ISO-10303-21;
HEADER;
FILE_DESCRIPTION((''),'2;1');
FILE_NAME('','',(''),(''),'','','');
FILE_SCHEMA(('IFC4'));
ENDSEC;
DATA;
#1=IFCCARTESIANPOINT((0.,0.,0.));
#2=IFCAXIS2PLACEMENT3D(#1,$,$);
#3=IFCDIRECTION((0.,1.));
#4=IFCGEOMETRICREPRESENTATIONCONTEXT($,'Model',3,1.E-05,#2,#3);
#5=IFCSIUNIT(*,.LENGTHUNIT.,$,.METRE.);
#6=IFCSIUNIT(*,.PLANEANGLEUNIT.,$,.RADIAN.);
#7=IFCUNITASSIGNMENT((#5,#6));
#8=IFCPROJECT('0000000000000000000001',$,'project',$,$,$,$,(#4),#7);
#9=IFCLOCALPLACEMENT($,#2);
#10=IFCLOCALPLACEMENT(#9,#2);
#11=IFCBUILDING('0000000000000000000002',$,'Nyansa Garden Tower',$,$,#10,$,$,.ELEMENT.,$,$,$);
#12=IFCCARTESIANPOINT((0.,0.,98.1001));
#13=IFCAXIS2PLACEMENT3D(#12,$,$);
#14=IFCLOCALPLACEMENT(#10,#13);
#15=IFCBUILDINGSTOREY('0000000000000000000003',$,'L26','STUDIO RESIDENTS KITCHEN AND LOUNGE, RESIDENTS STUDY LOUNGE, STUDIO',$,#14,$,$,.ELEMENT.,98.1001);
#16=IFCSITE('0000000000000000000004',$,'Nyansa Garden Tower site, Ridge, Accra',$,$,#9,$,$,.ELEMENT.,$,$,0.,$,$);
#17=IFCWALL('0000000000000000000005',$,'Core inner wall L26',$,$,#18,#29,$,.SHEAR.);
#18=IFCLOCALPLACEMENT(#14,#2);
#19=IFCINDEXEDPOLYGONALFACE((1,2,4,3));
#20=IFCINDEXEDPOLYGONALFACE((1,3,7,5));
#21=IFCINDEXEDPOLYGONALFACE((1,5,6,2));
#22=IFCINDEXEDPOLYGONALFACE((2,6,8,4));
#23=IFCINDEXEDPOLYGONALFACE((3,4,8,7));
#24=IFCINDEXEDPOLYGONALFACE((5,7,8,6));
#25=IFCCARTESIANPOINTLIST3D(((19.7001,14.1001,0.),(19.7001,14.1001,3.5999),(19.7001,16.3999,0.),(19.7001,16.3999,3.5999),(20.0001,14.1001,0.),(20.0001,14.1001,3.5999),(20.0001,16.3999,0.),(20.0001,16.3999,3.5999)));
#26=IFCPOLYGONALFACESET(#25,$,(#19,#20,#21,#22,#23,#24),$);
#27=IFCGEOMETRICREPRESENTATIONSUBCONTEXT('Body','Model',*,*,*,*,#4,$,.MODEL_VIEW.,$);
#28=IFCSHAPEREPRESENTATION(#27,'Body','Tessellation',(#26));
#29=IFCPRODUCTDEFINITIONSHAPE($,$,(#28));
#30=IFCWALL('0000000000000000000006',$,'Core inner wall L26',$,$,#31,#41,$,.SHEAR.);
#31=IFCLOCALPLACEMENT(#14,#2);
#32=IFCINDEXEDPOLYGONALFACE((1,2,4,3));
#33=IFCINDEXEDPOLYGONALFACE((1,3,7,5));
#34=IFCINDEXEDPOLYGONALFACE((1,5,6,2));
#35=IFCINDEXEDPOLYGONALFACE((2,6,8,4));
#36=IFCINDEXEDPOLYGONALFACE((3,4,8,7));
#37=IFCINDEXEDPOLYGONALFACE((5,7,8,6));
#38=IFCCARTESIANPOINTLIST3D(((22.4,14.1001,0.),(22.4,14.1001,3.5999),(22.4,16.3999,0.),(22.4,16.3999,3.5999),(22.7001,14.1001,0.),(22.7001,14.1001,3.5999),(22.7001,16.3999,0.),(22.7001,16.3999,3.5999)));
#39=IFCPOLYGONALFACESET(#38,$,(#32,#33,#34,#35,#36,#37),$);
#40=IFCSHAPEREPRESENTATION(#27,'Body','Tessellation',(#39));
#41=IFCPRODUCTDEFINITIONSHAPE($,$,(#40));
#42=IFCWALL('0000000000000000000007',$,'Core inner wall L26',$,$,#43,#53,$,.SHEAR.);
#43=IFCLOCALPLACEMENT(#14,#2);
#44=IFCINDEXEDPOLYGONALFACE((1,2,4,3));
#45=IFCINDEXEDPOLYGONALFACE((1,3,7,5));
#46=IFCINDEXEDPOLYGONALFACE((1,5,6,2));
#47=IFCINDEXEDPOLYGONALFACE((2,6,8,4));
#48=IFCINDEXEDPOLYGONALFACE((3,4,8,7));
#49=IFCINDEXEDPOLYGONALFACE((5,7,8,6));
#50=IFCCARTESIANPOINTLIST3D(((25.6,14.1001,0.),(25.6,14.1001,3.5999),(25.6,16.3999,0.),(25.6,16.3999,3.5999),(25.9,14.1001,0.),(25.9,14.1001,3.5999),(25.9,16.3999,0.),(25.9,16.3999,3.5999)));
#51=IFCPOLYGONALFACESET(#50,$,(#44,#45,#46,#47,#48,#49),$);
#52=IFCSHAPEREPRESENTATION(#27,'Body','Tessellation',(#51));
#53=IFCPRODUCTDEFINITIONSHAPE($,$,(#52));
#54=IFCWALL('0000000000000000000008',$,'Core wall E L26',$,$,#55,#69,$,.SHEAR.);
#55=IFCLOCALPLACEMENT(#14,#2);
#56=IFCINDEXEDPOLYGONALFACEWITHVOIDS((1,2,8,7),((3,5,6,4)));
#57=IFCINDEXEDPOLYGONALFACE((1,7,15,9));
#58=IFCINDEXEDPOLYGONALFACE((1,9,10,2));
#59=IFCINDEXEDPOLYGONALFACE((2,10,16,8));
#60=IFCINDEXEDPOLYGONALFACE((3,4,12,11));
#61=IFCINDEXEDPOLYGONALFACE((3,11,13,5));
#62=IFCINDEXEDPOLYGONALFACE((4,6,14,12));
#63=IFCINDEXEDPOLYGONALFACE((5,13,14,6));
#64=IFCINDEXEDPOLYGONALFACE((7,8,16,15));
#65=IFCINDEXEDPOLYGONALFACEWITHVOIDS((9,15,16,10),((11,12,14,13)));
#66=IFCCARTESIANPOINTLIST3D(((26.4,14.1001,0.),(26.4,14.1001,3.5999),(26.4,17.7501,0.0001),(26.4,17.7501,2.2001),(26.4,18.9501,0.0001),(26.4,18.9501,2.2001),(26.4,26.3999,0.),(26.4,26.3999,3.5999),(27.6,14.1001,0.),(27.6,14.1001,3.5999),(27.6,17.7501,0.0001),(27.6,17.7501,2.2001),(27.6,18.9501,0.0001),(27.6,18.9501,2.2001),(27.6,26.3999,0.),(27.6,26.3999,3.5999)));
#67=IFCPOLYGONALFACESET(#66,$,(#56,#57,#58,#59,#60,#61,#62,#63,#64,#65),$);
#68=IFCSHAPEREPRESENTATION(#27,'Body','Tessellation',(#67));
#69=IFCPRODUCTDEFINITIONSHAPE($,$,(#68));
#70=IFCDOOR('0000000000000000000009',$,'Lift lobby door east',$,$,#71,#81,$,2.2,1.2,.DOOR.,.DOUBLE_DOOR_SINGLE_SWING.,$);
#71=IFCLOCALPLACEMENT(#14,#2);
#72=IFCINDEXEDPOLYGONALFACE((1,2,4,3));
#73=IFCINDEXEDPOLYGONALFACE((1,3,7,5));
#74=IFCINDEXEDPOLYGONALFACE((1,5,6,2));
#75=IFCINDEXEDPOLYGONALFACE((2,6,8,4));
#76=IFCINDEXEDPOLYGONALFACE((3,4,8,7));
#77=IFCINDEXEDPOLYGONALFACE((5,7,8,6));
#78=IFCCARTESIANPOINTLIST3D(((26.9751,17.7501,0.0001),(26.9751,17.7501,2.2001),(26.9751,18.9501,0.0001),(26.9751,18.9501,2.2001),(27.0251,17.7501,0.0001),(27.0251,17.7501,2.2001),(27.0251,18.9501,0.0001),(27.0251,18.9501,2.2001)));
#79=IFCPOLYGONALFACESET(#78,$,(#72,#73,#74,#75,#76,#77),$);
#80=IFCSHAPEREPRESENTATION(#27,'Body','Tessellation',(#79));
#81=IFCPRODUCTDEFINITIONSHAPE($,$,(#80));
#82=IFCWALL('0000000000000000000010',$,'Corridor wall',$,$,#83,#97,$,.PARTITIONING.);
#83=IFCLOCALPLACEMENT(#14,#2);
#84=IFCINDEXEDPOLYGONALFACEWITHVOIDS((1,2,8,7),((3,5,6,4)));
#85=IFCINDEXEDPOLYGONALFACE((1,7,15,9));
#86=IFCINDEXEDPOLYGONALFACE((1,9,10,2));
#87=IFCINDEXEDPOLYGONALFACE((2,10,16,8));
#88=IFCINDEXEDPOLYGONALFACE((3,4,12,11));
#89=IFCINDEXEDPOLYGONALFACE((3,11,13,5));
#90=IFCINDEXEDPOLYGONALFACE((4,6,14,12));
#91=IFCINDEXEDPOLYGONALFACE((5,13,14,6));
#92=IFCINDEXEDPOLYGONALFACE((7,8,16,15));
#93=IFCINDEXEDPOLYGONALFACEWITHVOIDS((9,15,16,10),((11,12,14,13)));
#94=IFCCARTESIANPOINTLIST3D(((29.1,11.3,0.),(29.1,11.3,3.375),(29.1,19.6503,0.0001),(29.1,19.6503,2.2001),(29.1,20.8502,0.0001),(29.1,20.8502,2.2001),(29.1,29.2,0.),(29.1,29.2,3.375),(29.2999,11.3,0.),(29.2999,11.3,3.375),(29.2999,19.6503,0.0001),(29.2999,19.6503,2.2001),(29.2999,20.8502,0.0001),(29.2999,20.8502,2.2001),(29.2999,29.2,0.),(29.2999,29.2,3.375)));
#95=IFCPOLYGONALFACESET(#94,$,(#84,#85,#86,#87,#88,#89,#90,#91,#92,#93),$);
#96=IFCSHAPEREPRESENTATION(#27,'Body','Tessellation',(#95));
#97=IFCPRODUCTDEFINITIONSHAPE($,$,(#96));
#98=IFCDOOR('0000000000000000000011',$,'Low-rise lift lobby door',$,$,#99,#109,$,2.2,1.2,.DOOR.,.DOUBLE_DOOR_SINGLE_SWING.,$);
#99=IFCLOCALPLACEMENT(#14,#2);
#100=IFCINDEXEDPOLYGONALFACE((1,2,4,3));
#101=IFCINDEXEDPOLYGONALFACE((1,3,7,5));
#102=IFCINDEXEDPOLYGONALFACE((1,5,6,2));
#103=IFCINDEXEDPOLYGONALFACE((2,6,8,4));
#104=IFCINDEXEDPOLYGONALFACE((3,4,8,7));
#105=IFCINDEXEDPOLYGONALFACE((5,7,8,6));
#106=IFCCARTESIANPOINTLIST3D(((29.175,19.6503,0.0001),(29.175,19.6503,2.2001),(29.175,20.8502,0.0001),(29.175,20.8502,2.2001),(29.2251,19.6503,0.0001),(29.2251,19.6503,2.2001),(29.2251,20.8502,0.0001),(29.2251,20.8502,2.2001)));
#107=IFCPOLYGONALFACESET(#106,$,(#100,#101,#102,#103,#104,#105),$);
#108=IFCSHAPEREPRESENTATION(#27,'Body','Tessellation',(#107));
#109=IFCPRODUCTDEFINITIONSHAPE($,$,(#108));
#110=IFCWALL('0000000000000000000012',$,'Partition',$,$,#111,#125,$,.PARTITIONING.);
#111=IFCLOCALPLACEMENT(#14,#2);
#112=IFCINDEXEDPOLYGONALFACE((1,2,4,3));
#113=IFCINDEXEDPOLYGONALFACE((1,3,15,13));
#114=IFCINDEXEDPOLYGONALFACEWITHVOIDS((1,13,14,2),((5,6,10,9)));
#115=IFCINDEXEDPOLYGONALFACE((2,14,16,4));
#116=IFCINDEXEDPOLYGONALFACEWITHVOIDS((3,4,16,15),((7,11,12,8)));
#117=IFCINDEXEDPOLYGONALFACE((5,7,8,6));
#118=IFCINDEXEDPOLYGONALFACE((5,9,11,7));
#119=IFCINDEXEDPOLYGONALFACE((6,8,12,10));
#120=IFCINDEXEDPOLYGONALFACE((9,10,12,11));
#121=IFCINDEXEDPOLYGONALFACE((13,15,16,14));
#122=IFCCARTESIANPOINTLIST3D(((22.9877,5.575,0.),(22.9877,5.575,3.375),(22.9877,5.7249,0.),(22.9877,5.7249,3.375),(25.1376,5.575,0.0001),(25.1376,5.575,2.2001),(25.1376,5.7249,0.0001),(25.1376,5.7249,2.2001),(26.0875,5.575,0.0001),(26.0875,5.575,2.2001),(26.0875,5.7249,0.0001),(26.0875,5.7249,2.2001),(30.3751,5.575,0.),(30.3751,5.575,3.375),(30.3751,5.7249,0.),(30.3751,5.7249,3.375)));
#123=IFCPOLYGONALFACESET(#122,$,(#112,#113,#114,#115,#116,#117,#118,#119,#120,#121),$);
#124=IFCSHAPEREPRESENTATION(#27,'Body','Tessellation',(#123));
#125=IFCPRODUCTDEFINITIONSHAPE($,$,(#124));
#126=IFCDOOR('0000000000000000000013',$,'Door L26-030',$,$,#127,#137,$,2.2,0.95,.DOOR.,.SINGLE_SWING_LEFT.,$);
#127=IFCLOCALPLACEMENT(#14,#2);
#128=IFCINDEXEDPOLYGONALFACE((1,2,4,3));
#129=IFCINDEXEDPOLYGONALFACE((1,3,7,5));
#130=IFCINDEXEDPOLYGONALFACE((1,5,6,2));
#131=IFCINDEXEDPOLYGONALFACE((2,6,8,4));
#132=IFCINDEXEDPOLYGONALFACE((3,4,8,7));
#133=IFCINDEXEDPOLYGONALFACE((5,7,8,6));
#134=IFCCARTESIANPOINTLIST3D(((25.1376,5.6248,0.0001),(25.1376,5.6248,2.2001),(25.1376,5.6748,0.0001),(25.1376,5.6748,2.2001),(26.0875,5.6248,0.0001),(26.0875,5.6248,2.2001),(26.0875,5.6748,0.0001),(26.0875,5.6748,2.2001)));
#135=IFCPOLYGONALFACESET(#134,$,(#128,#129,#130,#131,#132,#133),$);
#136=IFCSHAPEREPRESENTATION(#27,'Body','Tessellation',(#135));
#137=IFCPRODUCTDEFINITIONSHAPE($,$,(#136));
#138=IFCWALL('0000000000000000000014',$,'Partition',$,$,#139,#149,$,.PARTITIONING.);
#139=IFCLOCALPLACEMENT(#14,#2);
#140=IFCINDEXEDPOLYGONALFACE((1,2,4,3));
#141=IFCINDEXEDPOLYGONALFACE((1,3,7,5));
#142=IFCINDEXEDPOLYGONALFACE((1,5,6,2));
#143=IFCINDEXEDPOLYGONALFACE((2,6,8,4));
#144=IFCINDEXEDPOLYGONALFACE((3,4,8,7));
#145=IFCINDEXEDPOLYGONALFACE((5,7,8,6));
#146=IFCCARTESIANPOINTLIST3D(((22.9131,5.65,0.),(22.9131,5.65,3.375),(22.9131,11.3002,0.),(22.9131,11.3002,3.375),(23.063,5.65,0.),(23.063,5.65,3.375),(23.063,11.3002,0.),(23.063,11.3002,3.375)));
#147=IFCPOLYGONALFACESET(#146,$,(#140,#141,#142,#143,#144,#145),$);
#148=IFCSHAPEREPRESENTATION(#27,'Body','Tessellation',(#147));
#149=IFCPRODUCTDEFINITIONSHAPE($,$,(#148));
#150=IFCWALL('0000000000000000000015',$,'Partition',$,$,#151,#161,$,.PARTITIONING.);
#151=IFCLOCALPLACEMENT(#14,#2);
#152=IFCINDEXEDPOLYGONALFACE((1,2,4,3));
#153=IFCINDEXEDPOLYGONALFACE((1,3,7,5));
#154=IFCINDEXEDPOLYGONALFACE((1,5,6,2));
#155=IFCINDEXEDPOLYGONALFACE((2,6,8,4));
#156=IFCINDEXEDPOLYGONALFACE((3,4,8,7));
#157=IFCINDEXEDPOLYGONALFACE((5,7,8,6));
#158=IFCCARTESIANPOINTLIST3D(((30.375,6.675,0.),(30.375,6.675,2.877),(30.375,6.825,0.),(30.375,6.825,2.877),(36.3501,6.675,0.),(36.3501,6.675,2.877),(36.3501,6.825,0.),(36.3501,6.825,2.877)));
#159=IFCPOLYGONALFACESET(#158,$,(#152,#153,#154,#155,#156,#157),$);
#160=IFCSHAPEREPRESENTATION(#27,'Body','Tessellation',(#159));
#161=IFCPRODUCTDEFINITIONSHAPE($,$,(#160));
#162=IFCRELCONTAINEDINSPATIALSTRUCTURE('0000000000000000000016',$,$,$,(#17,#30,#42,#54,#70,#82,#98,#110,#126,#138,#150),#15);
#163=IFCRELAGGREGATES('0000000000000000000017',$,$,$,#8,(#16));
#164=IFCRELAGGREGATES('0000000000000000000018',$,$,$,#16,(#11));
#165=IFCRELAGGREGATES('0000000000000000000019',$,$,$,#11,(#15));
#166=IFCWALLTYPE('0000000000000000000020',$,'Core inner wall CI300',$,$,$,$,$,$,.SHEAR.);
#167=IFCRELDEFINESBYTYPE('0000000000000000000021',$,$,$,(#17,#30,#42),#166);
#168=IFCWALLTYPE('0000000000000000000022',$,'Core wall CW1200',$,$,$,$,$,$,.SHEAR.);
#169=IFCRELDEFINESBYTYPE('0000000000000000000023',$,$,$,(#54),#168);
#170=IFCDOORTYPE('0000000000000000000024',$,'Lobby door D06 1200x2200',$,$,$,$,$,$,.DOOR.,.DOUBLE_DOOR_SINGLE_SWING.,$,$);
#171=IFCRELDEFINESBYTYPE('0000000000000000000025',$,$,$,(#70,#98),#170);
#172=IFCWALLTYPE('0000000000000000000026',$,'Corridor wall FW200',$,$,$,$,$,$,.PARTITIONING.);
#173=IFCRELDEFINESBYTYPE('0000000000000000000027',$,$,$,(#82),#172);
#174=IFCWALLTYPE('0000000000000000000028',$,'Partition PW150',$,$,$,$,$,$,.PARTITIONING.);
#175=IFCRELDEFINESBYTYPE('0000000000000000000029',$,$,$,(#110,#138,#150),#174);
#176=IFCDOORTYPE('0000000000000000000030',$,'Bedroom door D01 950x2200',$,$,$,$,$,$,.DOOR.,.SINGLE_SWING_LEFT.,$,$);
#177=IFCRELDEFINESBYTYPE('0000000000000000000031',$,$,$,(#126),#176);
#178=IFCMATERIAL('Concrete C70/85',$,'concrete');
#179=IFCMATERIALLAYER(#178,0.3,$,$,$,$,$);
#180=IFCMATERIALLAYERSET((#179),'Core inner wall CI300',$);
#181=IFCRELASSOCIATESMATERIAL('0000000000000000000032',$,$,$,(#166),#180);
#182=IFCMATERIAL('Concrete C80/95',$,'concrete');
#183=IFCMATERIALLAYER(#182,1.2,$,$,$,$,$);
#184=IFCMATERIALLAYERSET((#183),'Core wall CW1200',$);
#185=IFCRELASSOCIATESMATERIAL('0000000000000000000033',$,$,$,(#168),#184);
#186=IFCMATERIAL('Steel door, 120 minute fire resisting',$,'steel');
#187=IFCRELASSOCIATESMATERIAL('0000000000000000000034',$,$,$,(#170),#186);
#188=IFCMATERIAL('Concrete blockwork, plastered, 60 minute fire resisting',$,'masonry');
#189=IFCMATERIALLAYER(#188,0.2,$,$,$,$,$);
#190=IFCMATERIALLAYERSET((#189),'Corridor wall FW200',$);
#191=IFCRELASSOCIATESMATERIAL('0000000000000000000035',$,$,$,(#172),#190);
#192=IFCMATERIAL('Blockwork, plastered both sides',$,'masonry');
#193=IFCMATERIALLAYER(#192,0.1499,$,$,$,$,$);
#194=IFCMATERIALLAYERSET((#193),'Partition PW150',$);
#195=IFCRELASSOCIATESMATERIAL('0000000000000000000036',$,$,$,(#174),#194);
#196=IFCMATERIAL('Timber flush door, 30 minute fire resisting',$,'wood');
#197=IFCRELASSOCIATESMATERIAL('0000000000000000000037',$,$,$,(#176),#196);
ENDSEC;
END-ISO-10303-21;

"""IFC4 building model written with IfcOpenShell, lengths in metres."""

from ifc_helpers import new_model, si_unit, direction, frame, frame_2d, origin, place, context, subcontext, project, spatial, rectangle, extrude, material, layer, layer_set, type_object, element, fill, save


model = new_model("IFC4")

# Units and contexts
model_context = context("Model", 3, precision=1e-05, world=origin(), true_north=direction((0.0, 1.0)))
body_context = subcontext(model_context, "Body", "Model", "MODEL_VIEW")
ifc_project = project(units=[si_unit("LENGTHUNIT", "METRE"), si_unit("PLANEANGLEUNIT", "RADIAN")], contexts=[model_context])

# Site, building, storey
site_placement = place(None, origin())
site = spatial("IfcSite", under=ifc_project, at=site_placement, Name="Nyansa Garden Tower site, Ridge, Accra", CompositionType="ELEMENT", RefElevation=0.0)
building_placement = place(site_placement, origin())
building = spatial("IfcBuilding", under=site, at=building_placement, Name="Nyansa Garden Tower", CompositionType="ELEMENT")
storey_placement = place(building_placement, frame((0.0, 0.0, 98.1001)))
storey = spatial("IfcBuildingStorey", under=building, at=storey_placement, Name="L26", Description="STUDIO RESIDENTS KITCHEN AND LOUNGE, RESIDENTS STUDY LOUNGE, STUDIO", CompositionType="ELEMENT", Elevation=98.1001)

# Walls
ifc_material_1 = material(Name="Concrete C70/85", Category="concrete")
ifc_layer_1 = layer(ifc_material_1, 0.3)
ifc_layer_set_1 = layer_set([ifc_layer_1], Name="Core inner wall CI300")
wall_type_1 = type_object("IfcWallType", Name="Core inner wall CI300", PredefinedType="SHEAR", material=ifc_layer_set_1)
for number, where, z_axis, x_axis, name in (
    (1, (19.8501, 14.1001, 0.0), (0.0, 0.0, 1.0), (0.0, 1.0, 0.0), "Core inner wall L26"),
    (2, (22.55, 14.1001, 0.0), (0.0, 0.0, 1.0), (0.0, 1.0, 0.0), "Core inner wall L26"),
    (3, (25.75, 14.1001, 0.0), (0.0, 0.0, 1.0), (0.0, 1.0, 0.0), "Core inner wall L26"),
):
    element("IfcWall", number, at=place(storey_placement, frame(where, z_axis=z_axis, x_axis=x_axis)), inside=storey, type_object=wall_type_1, Name=name, PredefinedType="SHEAR", context=body_context, shape_type="SweptSolid", body=[
        extrude(rectangle(XDim=2.2998, YDim=0.3, at=frame_2d((1.1499, 0.0))), origin(), (0.0, 0.0, 1.0), 3.5999),
    ])

# Walls, openings, doors
ifc_material_2 = material(Name="Concrete C80/95", Category="concrete")
ifc_layer_2 = layer(ifc_material_2, 1.2)
ifc_layer_set_2 = layer_set([ifc_layer_2], Name="Core wall CW1200")
wall_type_2 = type_object("IfcWallType", Name="Core wall CW1200", PredefinedType="SHEAR", material=ifc_layer_set_2)
wall_1_placement = place(storey_placement, frame((27.0, 14.1001, 0.0), z_axis=(0.0, 0.0, 1.0), x_axis=(0.0, 1.0, 0.0)))
wall_1 = element("IfcWall", 4, at=wall_1_placement, inside=storey, type_object=wall_type_2, Name="Core wall E L26", PredefinedType="SHEAR", context=body_context, shape_type="SweptSolid", body=[
    extrude(rectangle(XDim=12.2998, YDim=1.2, at=frame_2d((6.1499, 0.0))), origin(), (0.0, 0.0, 1.0), 3.5999),
])
opening_1_placement = place(wall_1_placement, frame((3.6499, 0.0, 0.0)))
opening_1 = element("IfcOpeningElement", 5, at=opening_1_placement, cuts=wall_1, PredefinedType="OPENING", context=body_context, shape_type="SweptSolid", body=[
    extrude(rectangle(XDim=1.2, YDim=2.2, at=frame_2d((0.6001, 1.1001))), frame((0.0, 0.6099, 0.0), z_axis=(0.0, -1.0, 0.0), x_axis=(1.0, 0.0, 0.0)), (0.0, 0.0, 1.0), 1.22),
])
ifc_material_3 = material(Name="Steel door, 120 minute fire resisting", Category="steel")
door_type_1 = type_object("IfcDoorType", Name="Lobby door D06 1200x2200", OperationType="DOUBLE_DOOR_SINGLE_SWING", PredefinedType="DOOR", material=ifc_material_3)
door_1_placement = place(opening_1_placement, origin())
door_1 = element("IfcDoor", 6, at=door_1_placement, inside=storey, type_object=door_type_1, Name="Lift lobby door east", OperationType="DOUBLE_DOOR_SINGLE_SWING", OverallHeight=2.2, OverallWidth=1.2, PredefinedType="DOOR", context=body_context, shape_type="SweptSolid", body=[
    extrude(rectangle(XDim=1.2, YDim=2.2, at=frame_2d((0.6001, 1.1001))), frame((0.0, 0.0249, 0.0), z_axis=(0.0, -1.0, 0.0), x_axis=(1.0, 0.0, 0.0)), (0.0, 0.0, 1.0), 0.05),
])
fill(opening_1, door_1)
ifc_material_4 = material(Name="Concrete blockwork, plastered, 60 minute fire resisting", Category="masonry")
ifc_layer_3 = layer(ifc_material_4, 0.2)
ifc_layer_set_3 = layer_set([ifc_layer_3], Name="Corridor wall FW200")
wall_type_3 = type_object("IfcWallType", Name="Corridor wall FW200", PredefinedType="PARTITIONING", material=ifc_layer_set_3)
wall_2_placement = place(storey_placement, frame((29.2, 11.3, 0.0), z_axis=(0.0, 0.0, 1.0), x_axis=(0.0, 1.0, 0.0)))
wall_2 = element("IfcWall", 7, at=wall_2_placement, inside=storey, type_object=wall_type_3, Name="Corridor wall", PredefinedType="PARTITIONING", context=body_context, shape_type="SweptSolid", body=[
    extrude(rectangle(XDim=17.8999, YDim=0.2, at=frame_2d((8.95, 0.0))), origin(), (0.0, 0.0, 1.0), 3.375),
])
opening_2_placement = place(wall_2_placement, frame((8.3501, 0.0, 0.0)))
opening_2 = element("IfcOpeningElement", 8, at=opening_2_placement, cuts=wall_2, PredefinedType="OPENING", context=body_context, shape_type="SweptSolid", body=[
    extrude(rectangle(XDim=1.2, YDim=2.2, at=frame_2d((0.6001, 1.1001))), frame((0.0, 0.1099, 0.0), z_axis=(0.0, -1.0, 0.0), x_axis=(1.0, 0.0, 0.0)), (0.0, 0.0, 1.0), 0.22),
])
door_2_placement = place(opening_2_placement, origin())
door_2 = element("IfcDoor", 9, at=door_2_placement, inside=storey, type_object=door_type_1, Name="Low-rise lift lobby door", OperationType="DOUBLE_DOOR_SINGLE_SWING", OverallHeight=2.2, OverallWidth=1.2, PredefinedType="DOOR", context=body_context, shape_type="SweptSolid", body=[
    extrude(rectangle(XDim=1.2, YDim=2.2, at=frame_2d((0.6001, 1.1001))), frame((0.0, 0.0249, 0.0), z_axis=(0.0, -1.0, 0.0), x_axis=(1.0, 0.0, 0.0)), (0.0, 0.0, 1.0), 0.05),
])
fill(opening_2, door_2)
ifc_material_5 = material(Name="Blockwork, plastered both sides", Category="masonry")
ifc_layer_4 = layer(ifc_material_5, 0.1499)
ifc_layer_set_4 = layer_set([ifc_layer_4], Name="Partition PW150")
wall_type_4 = type_object("IfcWallType", Name="Partition PW150", PredefinedType="PARTITIONING", material=ifc_layer_set_4)
wall_3_placement = place(storey_placement, frame((22.9875, 5.6499, 0.0), z_axis=(0.0, 0.0, 1.0), x_axis=(1.0, 0.0, 0.0)))
wall_3 = element("IfcWall", 10, at=wall_3_placement, inside=storey, type_object=wall_type_4, Name="Partition", PredefinedType="PARTITIONING", context=body_context, shape_type="SweptSolid", body=[
    extrude(rectangle(XDim=7.3875, YDim=0.1499, at=frame_2d((3.6938, 0.0))), origin(), (0.0, 0.0, 1.0), 3.375),
])
opening_3_placement = place(wall_3_placement, frame((2.1499, 0.0, 0.0)))
opening_3 = element("IfcOpeningElement", 11, at=opening_3_placement, cuts=wall_3, PredefinedType="OPENING", context=body_context, shape_type="SweptSolid", body=[
    extrude(rectangle(XDim=0.95, YDim=2.2, at=frame_2d((0.4751, 1.1001))), frame((0.0, 0.085, 0.0), z_axis=(0.0, -1.0, 0.0), x_axis=(1.0, 0.0, 0.0)), (0.0, 0.0, 1.0), 0.1699),
])
ifc_material_6 = material(Name="Timber flush door, 30 minute fire resisting", Category="wood")
door_type_2 = type_object("IfcDoorType", Name="Bedroom door D01 950x2200", OperationType="SINGLE_SWING_LEFT", PredefinedType="DOOR", material=ifc_material_6)
door_3_placement = place(opening_3_placement, origin())
door_3 = element("IfcDoor", 12, at=door_3_placement, inside=storey, type_object=door_type_2, Name="Door L26-030", OperationType="SINGLE_SWING_LEFT", OverallHeight=2.2, OverallWidth=0.95, PredefinedType="DOOR", context=body_context, shape_type="SweptSolid", body=[
    extrude(rectangle(XDim=0.95, YDim=2.2, at=frame_2d((0.4751, 1.1001))), frame((0.0, 0.0249, 0.0), z_axis=(0.0, -1.0, 0.0), x_axis=(1.0, 0.0, 0.0)), (0.0, 0.0, 1.0), 0.05),
])
fill(opening_3, door_3)

# Walls
wall_4_placement = place(storey_placement, frame((22.988, 5.6499, 0.0), z_axis=(0.0, 0.0, 1.0), x_axis=(0.0, 1.0, 0.0)))
element("IfcWall", 13, at=wall_4_placement, inside=storey, type_object=wall_type_4, Name="Partition", PredefinedType="PARTITIONING", context=body_context, shape_type="SweptSolid", body=[
    extrude(rectangle(XDim=5.6501, YDim=0.1499, at=frame_2d((2.8252, 0.0))), origin(), (0.0, 0.0, 1.0), 3.375),
])
wall_5_placement = place(storey_placement, frame((30.375, 6.75, 0.0), z_axis=(0.0, 0.0, 1.0), x_axis=(1.0, 0.0, 0.0)))
element("IfcWall", 14, at=wall_5_placement, inside=storey, type_object=wall_type_4, Name="Partition", PredefinedType="PARTITIONING", context=body_context, shape_type="SweptSolid", body=[
    extrude(rectangle(XDim=5.9751, YDim=0.1499, at=frame_2d((2.9875, 0.0))), origin(), (0.0, 0.0, 1.0), 2.877),
])

save(model, "model.ifc")
